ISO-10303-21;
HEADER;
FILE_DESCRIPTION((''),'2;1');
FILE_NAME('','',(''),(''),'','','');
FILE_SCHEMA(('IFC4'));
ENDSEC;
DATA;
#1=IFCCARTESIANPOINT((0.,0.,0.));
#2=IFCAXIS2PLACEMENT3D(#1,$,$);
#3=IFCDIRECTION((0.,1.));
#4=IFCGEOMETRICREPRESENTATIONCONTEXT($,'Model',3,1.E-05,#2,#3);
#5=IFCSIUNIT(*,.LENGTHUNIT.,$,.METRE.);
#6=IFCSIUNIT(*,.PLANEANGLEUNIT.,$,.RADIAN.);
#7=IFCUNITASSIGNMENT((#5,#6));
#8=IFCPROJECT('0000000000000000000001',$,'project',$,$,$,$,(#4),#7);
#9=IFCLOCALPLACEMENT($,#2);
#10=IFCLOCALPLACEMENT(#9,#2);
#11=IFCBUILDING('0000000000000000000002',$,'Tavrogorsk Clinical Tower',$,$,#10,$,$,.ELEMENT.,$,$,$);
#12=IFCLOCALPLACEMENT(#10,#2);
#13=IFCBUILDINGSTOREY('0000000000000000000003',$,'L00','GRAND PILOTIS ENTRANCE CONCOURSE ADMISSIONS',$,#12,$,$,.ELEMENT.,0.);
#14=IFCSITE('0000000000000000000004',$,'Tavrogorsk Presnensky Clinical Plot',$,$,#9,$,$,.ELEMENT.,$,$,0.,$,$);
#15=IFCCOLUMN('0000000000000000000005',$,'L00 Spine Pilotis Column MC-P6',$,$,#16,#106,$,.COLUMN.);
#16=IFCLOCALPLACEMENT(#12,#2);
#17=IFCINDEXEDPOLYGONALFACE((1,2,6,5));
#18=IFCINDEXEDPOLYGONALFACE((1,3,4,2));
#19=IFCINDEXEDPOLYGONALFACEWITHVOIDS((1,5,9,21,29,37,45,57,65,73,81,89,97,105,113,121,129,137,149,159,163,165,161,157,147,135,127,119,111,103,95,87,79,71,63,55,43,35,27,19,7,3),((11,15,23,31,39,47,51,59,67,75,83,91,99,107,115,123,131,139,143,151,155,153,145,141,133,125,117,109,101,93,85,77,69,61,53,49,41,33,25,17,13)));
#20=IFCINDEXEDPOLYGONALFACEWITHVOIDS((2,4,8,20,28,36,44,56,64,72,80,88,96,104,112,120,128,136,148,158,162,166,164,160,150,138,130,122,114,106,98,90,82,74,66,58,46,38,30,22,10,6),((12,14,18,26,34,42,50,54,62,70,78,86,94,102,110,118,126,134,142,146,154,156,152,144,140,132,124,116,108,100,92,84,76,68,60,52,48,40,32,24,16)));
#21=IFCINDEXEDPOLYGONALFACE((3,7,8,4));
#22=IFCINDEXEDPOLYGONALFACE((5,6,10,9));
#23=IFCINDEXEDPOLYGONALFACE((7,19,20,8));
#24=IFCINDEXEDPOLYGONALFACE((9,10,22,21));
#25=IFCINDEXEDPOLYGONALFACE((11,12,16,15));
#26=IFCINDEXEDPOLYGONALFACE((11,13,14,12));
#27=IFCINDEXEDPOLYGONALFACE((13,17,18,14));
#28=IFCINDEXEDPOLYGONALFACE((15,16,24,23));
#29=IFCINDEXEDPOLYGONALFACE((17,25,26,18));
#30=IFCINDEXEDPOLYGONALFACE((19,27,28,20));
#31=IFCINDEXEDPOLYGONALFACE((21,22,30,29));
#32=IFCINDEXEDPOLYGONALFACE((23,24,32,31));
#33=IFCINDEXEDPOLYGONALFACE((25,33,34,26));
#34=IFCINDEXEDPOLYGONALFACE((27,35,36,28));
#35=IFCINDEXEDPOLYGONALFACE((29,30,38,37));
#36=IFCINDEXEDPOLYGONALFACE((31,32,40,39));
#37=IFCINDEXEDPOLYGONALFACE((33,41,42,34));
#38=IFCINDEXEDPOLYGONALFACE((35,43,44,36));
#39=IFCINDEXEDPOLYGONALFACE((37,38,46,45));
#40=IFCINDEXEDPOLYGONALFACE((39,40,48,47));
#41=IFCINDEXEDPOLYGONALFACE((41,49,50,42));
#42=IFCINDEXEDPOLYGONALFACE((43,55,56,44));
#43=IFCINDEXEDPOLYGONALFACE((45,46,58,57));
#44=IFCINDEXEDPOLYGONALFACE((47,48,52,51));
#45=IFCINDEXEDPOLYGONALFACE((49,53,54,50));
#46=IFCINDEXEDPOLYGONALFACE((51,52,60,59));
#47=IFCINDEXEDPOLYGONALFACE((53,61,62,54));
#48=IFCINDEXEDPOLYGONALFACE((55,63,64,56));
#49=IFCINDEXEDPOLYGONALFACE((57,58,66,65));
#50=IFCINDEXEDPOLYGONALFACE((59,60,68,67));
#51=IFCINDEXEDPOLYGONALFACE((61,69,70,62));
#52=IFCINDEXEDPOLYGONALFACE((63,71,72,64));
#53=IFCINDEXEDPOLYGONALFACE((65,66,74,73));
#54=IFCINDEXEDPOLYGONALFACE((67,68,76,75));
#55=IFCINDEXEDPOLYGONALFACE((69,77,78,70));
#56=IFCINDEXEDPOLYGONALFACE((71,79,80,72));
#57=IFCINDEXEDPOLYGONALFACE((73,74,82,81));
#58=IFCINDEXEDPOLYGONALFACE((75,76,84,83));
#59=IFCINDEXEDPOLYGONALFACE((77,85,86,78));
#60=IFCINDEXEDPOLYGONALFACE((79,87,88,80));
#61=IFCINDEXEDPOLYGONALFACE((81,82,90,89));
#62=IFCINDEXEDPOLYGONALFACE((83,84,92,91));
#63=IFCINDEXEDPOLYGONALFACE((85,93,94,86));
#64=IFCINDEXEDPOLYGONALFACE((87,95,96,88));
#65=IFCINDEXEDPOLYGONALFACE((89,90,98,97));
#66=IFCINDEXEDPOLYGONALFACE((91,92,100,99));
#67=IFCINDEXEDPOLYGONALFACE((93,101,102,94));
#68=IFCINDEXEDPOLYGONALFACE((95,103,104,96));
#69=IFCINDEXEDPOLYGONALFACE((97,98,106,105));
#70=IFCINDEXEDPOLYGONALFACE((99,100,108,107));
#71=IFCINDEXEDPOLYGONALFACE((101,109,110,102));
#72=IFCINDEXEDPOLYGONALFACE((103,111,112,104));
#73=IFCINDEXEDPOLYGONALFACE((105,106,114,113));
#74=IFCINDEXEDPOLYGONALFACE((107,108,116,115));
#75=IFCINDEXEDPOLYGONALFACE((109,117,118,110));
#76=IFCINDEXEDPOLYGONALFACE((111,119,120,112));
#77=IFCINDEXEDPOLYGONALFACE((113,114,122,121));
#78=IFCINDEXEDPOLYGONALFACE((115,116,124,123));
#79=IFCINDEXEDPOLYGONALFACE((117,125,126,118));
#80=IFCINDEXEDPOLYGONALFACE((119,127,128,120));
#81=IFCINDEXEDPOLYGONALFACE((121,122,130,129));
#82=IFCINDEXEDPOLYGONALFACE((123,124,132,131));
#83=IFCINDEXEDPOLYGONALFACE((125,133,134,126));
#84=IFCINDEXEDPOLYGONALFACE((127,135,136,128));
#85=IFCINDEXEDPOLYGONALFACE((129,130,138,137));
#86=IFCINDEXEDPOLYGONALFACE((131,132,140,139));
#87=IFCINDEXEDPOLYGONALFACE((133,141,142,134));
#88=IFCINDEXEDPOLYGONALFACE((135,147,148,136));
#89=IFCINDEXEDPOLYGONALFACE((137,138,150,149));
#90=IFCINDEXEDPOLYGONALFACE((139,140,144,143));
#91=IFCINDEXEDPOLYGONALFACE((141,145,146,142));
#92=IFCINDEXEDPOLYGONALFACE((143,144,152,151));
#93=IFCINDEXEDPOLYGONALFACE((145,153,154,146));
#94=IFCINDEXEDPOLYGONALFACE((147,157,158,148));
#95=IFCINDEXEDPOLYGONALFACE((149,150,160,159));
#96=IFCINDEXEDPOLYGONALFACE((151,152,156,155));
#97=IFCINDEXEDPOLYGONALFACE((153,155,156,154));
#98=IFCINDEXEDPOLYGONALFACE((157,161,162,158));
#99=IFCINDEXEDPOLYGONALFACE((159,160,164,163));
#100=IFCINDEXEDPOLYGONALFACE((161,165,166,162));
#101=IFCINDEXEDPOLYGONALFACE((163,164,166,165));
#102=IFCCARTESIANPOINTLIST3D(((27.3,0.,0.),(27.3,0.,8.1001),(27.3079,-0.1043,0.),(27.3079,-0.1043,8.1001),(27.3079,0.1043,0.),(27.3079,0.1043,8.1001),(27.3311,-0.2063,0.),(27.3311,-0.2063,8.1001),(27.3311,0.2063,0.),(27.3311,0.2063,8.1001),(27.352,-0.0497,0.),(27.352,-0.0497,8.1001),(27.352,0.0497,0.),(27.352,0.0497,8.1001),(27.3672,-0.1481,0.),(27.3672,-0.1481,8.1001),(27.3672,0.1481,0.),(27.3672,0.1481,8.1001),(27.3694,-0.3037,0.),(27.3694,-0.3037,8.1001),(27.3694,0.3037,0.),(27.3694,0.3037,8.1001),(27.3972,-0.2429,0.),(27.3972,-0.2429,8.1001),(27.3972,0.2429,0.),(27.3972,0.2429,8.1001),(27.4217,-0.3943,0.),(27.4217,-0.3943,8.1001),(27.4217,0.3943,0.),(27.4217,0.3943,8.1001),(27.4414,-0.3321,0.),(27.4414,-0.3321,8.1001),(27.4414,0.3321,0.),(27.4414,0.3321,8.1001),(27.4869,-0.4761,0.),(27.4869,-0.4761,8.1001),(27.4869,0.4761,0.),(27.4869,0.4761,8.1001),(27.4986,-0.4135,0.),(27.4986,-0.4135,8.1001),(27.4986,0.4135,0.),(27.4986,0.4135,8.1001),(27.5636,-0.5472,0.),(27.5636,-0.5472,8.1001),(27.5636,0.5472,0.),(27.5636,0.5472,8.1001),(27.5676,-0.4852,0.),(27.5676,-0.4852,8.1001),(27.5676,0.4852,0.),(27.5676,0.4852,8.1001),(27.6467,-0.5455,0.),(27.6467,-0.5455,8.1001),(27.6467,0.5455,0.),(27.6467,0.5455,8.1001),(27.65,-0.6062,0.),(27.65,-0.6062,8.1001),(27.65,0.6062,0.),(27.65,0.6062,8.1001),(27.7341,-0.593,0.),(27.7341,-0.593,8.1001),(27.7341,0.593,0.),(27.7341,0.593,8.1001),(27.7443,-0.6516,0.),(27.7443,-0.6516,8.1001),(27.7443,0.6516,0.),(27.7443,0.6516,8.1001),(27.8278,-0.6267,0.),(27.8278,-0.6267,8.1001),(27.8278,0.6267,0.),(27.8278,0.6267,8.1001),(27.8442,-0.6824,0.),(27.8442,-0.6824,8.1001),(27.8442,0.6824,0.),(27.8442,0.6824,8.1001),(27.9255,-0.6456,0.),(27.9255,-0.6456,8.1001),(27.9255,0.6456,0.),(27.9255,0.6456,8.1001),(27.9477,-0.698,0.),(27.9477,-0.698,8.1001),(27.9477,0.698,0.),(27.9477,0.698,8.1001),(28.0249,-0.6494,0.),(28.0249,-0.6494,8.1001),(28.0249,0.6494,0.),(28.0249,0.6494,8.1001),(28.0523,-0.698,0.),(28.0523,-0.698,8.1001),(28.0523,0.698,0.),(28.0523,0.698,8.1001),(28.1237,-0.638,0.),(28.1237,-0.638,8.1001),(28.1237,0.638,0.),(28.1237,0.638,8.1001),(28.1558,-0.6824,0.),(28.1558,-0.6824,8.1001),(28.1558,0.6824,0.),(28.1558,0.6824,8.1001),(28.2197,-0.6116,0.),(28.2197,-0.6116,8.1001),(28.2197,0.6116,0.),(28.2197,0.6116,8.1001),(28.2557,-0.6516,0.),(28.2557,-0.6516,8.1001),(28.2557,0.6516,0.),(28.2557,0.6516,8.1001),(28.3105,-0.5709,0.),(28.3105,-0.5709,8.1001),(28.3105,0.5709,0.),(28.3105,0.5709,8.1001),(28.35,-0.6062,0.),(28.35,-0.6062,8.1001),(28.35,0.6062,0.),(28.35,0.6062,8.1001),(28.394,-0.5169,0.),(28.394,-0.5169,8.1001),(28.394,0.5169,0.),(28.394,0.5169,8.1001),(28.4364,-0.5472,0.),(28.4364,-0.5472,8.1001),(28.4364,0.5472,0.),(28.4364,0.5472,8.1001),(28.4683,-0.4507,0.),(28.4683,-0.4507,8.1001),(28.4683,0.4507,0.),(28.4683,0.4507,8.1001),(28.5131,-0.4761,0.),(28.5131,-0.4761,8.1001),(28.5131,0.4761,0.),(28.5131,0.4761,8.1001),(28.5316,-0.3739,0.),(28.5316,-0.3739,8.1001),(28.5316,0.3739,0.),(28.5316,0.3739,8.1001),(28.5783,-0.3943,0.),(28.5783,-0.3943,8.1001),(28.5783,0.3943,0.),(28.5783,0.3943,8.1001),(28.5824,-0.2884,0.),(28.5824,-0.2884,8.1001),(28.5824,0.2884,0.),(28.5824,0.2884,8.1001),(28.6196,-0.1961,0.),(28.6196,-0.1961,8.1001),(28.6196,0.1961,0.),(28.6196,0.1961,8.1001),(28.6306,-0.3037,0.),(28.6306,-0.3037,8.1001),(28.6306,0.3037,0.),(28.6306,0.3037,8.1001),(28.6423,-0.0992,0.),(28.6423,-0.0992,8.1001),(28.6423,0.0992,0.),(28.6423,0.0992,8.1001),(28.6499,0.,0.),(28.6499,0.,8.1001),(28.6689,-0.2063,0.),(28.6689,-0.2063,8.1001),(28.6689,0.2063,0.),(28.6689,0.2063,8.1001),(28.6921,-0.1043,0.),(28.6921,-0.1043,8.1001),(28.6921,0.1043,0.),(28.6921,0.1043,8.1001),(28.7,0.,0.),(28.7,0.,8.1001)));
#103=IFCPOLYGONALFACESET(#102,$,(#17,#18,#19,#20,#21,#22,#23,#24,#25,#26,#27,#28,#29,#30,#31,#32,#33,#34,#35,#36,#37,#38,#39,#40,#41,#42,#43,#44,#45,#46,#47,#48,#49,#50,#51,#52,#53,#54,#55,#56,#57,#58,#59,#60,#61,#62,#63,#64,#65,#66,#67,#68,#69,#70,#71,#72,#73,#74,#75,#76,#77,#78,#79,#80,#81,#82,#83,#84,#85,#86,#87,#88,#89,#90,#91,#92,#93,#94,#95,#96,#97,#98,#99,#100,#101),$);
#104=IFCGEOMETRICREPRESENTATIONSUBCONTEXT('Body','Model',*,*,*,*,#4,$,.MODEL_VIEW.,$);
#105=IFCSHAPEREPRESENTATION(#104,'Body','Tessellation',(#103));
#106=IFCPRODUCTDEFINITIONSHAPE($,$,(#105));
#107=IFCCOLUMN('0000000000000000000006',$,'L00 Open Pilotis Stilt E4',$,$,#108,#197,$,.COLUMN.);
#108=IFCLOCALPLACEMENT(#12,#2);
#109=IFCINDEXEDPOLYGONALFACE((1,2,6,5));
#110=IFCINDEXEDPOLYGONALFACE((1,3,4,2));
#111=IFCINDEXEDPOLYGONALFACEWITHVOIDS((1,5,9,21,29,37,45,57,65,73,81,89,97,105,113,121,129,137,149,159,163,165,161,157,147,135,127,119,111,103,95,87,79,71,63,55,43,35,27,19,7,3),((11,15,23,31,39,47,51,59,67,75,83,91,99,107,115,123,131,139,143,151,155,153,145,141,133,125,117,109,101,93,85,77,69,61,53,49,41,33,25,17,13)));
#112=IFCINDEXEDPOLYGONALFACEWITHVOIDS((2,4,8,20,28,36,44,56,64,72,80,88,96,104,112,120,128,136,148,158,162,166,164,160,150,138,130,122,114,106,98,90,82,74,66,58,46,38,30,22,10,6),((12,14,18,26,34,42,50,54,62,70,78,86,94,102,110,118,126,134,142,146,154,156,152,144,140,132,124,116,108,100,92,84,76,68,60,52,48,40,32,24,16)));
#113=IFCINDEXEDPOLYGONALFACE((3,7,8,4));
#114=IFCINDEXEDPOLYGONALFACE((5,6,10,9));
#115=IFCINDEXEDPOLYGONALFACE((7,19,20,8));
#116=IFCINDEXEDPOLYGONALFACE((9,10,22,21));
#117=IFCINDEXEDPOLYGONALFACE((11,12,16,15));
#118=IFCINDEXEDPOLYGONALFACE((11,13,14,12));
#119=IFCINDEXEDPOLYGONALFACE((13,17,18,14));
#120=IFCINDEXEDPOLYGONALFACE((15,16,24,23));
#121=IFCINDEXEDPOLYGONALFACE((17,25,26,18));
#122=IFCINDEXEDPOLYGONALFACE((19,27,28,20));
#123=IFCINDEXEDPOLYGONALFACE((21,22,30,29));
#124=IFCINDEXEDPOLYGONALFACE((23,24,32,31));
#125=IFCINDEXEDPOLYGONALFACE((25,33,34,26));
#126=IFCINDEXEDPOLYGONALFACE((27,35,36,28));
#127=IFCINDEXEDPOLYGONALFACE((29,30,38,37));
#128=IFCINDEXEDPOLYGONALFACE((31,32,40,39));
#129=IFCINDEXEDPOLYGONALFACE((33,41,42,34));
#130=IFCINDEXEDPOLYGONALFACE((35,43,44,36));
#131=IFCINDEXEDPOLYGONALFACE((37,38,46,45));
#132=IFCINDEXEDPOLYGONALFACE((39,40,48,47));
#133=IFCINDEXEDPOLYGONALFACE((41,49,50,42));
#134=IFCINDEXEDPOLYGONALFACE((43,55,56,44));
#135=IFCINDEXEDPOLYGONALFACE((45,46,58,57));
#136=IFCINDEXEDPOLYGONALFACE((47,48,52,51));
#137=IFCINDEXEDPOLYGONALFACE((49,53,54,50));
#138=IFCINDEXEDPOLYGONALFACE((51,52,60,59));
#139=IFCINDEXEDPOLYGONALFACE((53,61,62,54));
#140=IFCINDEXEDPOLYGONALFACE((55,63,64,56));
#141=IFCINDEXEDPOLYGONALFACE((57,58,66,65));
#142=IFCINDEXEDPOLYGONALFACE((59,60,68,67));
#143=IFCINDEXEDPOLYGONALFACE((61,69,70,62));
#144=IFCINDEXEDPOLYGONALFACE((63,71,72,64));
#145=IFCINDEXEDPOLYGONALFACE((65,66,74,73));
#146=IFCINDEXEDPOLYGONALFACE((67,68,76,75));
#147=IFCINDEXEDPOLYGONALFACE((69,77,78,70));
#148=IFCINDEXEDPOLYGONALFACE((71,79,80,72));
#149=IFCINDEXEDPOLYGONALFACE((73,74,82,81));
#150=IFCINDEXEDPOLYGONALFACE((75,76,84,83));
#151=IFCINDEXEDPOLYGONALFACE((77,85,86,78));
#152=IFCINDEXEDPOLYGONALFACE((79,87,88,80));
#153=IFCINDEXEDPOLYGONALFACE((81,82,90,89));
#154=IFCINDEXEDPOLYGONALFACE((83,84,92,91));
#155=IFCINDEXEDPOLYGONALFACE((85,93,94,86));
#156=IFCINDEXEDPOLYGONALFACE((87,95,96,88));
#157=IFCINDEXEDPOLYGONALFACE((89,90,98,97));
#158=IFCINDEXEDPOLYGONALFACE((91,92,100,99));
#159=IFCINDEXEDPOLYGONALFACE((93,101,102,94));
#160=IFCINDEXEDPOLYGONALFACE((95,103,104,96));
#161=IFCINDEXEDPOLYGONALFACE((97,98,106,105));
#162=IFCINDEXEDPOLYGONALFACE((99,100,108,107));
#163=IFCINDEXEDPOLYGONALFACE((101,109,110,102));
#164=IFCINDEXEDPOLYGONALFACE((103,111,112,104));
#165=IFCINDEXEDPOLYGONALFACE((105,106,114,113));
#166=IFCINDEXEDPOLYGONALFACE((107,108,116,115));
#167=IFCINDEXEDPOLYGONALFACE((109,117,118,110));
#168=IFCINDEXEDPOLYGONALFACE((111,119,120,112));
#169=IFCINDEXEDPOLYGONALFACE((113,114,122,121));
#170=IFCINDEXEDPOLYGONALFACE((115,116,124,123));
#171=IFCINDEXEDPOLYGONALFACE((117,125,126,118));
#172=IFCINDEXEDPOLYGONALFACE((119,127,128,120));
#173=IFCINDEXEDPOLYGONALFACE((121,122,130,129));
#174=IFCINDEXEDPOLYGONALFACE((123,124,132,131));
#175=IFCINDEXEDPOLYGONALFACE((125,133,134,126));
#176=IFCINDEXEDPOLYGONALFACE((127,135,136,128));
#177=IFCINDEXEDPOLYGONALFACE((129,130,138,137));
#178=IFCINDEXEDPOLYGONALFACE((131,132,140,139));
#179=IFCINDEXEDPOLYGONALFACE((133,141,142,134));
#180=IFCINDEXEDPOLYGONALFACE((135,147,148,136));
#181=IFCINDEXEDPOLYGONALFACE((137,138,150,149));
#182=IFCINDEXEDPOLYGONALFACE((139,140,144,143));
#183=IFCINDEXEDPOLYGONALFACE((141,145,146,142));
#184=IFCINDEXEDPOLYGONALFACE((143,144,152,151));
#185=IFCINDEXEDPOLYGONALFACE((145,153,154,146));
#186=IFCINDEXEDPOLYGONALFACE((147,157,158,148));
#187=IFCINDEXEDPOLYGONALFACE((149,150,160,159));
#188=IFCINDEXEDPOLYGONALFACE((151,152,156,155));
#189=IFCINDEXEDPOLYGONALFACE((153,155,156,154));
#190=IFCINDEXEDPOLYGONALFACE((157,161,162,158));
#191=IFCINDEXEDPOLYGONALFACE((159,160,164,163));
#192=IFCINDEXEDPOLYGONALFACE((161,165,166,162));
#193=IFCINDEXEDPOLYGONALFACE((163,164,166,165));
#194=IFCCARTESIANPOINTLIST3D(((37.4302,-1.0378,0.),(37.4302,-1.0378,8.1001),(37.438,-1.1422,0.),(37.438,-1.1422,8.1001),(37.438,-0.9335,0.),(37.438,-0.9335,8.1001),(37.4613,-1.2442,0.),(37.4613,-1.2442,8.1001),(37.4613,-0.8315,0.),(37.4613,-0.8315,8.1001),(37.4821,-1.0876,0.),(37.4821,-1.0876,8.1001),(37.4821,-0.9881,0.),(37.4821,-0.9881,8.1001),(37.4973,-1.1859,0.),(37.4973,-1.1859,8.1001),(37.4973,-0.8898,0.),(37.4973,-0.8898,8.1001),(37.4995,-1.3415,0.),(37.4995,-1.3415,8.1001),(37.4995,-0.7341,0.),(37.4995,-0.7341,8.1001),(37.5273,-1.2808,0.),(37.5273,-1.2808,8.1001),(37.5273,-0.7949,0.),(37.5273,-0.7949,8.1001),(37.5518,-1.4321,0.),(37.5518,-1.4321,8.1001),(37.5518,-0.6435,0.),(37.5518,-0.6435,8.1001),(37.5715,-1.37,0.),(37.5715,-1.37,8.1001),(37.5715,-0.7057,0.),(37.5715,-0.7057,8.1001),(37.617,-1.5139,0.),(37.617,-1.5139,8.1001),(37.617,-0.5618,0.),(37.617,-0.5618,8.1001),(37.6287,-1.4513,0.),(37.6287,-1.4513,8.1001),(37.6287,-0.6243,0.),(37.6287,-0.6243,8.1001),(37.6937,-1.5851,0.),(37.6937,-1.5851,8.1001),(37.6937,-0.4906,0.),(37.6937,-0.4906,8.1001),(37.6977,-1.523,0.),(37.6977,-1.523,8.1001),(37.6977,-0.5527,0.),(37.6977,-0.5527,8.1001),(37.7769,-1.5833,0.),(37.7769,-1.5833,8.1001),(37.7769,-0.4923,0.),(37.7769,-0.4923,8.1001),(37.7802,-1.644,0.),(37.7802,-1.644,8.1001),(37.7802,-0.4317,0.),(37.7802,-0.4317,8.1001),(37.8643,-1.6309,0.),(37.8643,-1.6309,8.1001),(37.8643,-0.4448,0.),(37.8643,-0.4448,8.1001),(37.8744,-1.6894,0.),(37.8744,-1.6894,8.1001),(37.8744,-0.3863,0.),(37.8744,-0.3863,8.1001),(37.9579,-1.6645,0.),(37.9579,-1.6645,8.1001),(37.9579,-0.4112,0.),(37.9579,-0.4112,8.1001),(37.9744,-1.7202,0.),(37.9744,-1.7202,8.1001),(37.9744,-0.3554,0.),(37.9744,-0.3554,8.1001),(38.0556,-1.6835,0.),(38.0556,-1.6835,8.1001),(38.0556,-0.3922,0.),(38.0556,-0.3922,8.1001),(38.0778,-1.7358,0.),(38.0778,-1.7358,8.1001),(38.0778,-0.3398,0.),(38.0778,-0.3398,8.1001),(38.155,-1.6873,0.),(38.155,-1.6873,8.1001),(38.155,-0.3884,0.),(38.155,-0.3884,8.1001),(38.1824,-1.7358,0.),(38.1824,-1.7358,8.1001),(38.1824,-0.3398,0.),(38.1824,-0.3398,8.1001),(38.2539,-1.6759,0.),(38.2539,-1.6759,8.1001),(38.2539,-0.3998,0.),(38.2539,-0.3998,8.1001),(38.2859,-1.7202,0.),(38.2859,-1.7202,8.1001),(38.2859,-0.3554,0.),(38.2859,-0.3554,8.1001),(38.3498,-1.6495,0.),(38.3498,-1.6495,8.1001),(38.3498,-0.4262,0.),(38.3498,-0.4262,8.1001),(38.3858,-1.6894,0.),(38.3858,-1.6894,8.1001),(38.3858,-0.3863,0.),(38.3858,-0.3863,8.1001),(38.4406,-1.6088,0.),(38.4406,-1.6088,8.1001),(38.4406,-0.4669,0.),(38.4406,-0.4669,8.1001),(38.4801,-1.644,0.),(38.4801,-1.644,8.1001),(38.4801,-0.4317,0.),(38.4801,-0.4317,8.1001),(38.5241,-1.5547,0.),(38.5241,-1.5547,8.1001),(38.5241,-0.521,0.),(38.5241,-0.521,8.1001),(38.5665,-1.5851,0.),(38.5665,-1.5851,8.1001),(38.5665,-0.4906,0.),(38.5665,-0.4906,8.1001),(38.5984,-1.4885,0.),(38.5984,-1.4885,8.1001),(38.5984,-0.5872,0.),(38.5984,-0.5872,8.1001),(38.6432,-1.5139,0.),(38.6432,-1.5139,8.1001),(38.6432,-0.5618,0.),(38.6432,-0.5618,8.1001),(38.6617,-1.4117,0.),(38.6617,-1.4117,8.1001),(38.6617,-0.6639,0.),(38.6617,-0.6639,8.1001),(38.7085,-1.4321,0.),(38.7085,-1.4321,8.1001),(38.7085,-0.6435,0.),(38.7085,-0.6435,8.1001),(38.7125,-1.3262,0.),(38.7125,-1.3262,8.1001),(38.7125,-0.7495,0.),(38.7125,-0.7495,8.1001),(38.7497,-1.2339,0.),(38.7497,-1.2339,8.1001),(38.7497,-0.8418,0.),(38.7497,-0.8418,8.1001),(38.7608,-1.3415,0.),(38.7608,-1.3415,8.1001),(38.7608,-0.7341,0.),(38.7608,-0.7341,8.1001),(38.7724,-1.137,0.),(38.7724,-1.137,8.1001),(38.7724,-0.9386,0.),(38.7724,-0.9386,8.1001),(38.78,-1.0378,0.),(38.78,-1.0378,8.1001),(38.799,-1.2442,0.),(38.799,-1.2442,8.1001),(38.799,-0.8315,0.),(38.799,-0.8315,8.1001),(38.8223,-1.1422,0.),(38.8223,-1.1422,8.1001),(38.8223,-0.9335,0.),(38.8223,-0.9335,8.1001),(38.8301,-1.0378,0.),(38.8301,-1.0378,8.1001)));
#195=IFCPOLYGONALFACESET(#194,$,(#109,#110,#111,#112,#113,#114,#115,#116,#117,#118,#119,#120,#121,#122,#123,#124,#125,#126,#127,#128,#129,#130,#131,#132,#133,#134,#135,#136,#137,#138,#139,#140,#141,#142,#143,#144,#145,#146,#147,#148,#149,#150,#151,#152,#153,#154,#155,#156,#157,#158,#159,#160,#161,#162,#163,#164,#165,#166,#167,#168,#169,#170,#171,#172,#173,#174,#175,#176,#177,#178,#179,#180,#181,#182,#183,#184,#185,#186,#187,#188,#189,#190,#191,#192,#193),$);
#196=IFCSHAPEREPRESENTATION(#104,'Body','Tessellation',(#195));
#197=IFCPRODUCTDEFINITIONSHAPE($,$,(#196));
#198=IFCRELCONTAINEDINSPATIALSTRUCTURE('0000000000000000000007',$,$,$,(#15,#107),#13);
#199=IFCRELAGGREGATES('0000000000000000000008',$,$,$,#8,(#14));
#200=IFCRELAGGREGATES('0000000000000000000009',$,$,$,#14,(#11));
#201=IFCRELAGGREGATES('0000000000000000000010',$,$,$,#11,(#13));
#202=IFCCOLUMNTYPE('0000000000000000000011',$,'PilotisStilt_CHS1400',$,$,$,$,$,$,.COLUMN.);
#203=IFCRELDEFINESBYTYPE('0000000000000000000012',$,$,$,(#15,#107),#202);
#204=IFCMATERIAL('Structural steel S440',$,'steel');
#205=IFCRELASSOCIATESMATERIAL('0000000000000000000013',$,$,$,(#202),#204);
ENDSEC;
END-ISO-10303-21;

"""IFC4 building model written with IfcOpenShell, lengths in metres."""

from ifc_helpers import new_model, si_unit, direction, frame, origin, origin_2d, place, context, subcontext, project, spatial, hollow_circle, extrude, material, material_profile, profile_set, type_object, element, save


model = new_model("IFC4")

# Units and contexts
model_context = context("Model", 3, precision=1e-05, world=origin(), true_north=direction((0.0, 1.0)))
body_context = subcontext(model_context, "Body", "Model", "MODEL_VIEW")
ifc_project = project(units=[si_unit("LENGTHUNIT", "METRE"), si_unit("PLANEANGLEUNIT", "RADIAN")], contexts=[model_context])

# Site, building, storey
site_placement = place(None, origin())
site = spatial("IfcSite", under=ifc_project, at=site_placement, Name="Tavrogorsk Presnensky Clinical Plot", CompositionType="ELEMENT", RefElevation=0.0)
building_placement = place(site_placement, origin())
building = spatial("IfcBuilding", under=site, at=building_placement, Name="Tavrogorsk Clinical Tower", CompositionType="ELEMENT")
storey_placement = place(building_placement, origin())
storey = spatial("IfcBuildingStorey", under=building, at=storey_placement, Name="L00", Description="GRAND PILOTIS ENTRANCE CONCOURSE ADMISSIONS", CompositionType="ELEMENT", Elevation=0.0)

# Columns
ifc_material_1 = material(Name="Structural steel S440", Category="steel")
ifc_material_profile_1 = material_profile(ifc_material_1, hollow_circle(Radius=0.7, WallThickness=0.05, at=origin_2d()), Name="CHS-1400x50")
ifc_profile_set_1 = profile_set([ifc_material_profile_1], Name="Structural steel S440")
column_type = type_object("IfcColumnType", Name="PilotisStilt_CHS1400", PredefinedType="COLUMN", material=ifc_profile_set_1)
for number, where, z_axis, x_axis, name in (
    (1, (28.0, 0.0, 0.0), (0.0, 0.0, 1.0), (1.0, 0.0, 0.0), "L00 Spine Pilotis Column MC-P6"),
    (2, (38.1301, -1.0378, 0.0), (0.0, 0.0, 1.0), (1.0, 0.0, 0.0), "L00 Open Pilotis Stilt E4"),
):
    element("IfcColumn", number, at=place(storey_placement, frame(where, z_axis=z_axis, x_axis=x_axis)), inside=storey, type_object=column_type, Name=name, PredefinedType="COLUMN", context=body_context, shape_type="SweptSolid", body=[
        extrude(hollow_circle(Radius=0.7, WallThickness=0.05, at=origin_2d()), origin(), (0.0, 0.0, 1.0), 8.1001),
    ])

save(model, "model.ifc")
